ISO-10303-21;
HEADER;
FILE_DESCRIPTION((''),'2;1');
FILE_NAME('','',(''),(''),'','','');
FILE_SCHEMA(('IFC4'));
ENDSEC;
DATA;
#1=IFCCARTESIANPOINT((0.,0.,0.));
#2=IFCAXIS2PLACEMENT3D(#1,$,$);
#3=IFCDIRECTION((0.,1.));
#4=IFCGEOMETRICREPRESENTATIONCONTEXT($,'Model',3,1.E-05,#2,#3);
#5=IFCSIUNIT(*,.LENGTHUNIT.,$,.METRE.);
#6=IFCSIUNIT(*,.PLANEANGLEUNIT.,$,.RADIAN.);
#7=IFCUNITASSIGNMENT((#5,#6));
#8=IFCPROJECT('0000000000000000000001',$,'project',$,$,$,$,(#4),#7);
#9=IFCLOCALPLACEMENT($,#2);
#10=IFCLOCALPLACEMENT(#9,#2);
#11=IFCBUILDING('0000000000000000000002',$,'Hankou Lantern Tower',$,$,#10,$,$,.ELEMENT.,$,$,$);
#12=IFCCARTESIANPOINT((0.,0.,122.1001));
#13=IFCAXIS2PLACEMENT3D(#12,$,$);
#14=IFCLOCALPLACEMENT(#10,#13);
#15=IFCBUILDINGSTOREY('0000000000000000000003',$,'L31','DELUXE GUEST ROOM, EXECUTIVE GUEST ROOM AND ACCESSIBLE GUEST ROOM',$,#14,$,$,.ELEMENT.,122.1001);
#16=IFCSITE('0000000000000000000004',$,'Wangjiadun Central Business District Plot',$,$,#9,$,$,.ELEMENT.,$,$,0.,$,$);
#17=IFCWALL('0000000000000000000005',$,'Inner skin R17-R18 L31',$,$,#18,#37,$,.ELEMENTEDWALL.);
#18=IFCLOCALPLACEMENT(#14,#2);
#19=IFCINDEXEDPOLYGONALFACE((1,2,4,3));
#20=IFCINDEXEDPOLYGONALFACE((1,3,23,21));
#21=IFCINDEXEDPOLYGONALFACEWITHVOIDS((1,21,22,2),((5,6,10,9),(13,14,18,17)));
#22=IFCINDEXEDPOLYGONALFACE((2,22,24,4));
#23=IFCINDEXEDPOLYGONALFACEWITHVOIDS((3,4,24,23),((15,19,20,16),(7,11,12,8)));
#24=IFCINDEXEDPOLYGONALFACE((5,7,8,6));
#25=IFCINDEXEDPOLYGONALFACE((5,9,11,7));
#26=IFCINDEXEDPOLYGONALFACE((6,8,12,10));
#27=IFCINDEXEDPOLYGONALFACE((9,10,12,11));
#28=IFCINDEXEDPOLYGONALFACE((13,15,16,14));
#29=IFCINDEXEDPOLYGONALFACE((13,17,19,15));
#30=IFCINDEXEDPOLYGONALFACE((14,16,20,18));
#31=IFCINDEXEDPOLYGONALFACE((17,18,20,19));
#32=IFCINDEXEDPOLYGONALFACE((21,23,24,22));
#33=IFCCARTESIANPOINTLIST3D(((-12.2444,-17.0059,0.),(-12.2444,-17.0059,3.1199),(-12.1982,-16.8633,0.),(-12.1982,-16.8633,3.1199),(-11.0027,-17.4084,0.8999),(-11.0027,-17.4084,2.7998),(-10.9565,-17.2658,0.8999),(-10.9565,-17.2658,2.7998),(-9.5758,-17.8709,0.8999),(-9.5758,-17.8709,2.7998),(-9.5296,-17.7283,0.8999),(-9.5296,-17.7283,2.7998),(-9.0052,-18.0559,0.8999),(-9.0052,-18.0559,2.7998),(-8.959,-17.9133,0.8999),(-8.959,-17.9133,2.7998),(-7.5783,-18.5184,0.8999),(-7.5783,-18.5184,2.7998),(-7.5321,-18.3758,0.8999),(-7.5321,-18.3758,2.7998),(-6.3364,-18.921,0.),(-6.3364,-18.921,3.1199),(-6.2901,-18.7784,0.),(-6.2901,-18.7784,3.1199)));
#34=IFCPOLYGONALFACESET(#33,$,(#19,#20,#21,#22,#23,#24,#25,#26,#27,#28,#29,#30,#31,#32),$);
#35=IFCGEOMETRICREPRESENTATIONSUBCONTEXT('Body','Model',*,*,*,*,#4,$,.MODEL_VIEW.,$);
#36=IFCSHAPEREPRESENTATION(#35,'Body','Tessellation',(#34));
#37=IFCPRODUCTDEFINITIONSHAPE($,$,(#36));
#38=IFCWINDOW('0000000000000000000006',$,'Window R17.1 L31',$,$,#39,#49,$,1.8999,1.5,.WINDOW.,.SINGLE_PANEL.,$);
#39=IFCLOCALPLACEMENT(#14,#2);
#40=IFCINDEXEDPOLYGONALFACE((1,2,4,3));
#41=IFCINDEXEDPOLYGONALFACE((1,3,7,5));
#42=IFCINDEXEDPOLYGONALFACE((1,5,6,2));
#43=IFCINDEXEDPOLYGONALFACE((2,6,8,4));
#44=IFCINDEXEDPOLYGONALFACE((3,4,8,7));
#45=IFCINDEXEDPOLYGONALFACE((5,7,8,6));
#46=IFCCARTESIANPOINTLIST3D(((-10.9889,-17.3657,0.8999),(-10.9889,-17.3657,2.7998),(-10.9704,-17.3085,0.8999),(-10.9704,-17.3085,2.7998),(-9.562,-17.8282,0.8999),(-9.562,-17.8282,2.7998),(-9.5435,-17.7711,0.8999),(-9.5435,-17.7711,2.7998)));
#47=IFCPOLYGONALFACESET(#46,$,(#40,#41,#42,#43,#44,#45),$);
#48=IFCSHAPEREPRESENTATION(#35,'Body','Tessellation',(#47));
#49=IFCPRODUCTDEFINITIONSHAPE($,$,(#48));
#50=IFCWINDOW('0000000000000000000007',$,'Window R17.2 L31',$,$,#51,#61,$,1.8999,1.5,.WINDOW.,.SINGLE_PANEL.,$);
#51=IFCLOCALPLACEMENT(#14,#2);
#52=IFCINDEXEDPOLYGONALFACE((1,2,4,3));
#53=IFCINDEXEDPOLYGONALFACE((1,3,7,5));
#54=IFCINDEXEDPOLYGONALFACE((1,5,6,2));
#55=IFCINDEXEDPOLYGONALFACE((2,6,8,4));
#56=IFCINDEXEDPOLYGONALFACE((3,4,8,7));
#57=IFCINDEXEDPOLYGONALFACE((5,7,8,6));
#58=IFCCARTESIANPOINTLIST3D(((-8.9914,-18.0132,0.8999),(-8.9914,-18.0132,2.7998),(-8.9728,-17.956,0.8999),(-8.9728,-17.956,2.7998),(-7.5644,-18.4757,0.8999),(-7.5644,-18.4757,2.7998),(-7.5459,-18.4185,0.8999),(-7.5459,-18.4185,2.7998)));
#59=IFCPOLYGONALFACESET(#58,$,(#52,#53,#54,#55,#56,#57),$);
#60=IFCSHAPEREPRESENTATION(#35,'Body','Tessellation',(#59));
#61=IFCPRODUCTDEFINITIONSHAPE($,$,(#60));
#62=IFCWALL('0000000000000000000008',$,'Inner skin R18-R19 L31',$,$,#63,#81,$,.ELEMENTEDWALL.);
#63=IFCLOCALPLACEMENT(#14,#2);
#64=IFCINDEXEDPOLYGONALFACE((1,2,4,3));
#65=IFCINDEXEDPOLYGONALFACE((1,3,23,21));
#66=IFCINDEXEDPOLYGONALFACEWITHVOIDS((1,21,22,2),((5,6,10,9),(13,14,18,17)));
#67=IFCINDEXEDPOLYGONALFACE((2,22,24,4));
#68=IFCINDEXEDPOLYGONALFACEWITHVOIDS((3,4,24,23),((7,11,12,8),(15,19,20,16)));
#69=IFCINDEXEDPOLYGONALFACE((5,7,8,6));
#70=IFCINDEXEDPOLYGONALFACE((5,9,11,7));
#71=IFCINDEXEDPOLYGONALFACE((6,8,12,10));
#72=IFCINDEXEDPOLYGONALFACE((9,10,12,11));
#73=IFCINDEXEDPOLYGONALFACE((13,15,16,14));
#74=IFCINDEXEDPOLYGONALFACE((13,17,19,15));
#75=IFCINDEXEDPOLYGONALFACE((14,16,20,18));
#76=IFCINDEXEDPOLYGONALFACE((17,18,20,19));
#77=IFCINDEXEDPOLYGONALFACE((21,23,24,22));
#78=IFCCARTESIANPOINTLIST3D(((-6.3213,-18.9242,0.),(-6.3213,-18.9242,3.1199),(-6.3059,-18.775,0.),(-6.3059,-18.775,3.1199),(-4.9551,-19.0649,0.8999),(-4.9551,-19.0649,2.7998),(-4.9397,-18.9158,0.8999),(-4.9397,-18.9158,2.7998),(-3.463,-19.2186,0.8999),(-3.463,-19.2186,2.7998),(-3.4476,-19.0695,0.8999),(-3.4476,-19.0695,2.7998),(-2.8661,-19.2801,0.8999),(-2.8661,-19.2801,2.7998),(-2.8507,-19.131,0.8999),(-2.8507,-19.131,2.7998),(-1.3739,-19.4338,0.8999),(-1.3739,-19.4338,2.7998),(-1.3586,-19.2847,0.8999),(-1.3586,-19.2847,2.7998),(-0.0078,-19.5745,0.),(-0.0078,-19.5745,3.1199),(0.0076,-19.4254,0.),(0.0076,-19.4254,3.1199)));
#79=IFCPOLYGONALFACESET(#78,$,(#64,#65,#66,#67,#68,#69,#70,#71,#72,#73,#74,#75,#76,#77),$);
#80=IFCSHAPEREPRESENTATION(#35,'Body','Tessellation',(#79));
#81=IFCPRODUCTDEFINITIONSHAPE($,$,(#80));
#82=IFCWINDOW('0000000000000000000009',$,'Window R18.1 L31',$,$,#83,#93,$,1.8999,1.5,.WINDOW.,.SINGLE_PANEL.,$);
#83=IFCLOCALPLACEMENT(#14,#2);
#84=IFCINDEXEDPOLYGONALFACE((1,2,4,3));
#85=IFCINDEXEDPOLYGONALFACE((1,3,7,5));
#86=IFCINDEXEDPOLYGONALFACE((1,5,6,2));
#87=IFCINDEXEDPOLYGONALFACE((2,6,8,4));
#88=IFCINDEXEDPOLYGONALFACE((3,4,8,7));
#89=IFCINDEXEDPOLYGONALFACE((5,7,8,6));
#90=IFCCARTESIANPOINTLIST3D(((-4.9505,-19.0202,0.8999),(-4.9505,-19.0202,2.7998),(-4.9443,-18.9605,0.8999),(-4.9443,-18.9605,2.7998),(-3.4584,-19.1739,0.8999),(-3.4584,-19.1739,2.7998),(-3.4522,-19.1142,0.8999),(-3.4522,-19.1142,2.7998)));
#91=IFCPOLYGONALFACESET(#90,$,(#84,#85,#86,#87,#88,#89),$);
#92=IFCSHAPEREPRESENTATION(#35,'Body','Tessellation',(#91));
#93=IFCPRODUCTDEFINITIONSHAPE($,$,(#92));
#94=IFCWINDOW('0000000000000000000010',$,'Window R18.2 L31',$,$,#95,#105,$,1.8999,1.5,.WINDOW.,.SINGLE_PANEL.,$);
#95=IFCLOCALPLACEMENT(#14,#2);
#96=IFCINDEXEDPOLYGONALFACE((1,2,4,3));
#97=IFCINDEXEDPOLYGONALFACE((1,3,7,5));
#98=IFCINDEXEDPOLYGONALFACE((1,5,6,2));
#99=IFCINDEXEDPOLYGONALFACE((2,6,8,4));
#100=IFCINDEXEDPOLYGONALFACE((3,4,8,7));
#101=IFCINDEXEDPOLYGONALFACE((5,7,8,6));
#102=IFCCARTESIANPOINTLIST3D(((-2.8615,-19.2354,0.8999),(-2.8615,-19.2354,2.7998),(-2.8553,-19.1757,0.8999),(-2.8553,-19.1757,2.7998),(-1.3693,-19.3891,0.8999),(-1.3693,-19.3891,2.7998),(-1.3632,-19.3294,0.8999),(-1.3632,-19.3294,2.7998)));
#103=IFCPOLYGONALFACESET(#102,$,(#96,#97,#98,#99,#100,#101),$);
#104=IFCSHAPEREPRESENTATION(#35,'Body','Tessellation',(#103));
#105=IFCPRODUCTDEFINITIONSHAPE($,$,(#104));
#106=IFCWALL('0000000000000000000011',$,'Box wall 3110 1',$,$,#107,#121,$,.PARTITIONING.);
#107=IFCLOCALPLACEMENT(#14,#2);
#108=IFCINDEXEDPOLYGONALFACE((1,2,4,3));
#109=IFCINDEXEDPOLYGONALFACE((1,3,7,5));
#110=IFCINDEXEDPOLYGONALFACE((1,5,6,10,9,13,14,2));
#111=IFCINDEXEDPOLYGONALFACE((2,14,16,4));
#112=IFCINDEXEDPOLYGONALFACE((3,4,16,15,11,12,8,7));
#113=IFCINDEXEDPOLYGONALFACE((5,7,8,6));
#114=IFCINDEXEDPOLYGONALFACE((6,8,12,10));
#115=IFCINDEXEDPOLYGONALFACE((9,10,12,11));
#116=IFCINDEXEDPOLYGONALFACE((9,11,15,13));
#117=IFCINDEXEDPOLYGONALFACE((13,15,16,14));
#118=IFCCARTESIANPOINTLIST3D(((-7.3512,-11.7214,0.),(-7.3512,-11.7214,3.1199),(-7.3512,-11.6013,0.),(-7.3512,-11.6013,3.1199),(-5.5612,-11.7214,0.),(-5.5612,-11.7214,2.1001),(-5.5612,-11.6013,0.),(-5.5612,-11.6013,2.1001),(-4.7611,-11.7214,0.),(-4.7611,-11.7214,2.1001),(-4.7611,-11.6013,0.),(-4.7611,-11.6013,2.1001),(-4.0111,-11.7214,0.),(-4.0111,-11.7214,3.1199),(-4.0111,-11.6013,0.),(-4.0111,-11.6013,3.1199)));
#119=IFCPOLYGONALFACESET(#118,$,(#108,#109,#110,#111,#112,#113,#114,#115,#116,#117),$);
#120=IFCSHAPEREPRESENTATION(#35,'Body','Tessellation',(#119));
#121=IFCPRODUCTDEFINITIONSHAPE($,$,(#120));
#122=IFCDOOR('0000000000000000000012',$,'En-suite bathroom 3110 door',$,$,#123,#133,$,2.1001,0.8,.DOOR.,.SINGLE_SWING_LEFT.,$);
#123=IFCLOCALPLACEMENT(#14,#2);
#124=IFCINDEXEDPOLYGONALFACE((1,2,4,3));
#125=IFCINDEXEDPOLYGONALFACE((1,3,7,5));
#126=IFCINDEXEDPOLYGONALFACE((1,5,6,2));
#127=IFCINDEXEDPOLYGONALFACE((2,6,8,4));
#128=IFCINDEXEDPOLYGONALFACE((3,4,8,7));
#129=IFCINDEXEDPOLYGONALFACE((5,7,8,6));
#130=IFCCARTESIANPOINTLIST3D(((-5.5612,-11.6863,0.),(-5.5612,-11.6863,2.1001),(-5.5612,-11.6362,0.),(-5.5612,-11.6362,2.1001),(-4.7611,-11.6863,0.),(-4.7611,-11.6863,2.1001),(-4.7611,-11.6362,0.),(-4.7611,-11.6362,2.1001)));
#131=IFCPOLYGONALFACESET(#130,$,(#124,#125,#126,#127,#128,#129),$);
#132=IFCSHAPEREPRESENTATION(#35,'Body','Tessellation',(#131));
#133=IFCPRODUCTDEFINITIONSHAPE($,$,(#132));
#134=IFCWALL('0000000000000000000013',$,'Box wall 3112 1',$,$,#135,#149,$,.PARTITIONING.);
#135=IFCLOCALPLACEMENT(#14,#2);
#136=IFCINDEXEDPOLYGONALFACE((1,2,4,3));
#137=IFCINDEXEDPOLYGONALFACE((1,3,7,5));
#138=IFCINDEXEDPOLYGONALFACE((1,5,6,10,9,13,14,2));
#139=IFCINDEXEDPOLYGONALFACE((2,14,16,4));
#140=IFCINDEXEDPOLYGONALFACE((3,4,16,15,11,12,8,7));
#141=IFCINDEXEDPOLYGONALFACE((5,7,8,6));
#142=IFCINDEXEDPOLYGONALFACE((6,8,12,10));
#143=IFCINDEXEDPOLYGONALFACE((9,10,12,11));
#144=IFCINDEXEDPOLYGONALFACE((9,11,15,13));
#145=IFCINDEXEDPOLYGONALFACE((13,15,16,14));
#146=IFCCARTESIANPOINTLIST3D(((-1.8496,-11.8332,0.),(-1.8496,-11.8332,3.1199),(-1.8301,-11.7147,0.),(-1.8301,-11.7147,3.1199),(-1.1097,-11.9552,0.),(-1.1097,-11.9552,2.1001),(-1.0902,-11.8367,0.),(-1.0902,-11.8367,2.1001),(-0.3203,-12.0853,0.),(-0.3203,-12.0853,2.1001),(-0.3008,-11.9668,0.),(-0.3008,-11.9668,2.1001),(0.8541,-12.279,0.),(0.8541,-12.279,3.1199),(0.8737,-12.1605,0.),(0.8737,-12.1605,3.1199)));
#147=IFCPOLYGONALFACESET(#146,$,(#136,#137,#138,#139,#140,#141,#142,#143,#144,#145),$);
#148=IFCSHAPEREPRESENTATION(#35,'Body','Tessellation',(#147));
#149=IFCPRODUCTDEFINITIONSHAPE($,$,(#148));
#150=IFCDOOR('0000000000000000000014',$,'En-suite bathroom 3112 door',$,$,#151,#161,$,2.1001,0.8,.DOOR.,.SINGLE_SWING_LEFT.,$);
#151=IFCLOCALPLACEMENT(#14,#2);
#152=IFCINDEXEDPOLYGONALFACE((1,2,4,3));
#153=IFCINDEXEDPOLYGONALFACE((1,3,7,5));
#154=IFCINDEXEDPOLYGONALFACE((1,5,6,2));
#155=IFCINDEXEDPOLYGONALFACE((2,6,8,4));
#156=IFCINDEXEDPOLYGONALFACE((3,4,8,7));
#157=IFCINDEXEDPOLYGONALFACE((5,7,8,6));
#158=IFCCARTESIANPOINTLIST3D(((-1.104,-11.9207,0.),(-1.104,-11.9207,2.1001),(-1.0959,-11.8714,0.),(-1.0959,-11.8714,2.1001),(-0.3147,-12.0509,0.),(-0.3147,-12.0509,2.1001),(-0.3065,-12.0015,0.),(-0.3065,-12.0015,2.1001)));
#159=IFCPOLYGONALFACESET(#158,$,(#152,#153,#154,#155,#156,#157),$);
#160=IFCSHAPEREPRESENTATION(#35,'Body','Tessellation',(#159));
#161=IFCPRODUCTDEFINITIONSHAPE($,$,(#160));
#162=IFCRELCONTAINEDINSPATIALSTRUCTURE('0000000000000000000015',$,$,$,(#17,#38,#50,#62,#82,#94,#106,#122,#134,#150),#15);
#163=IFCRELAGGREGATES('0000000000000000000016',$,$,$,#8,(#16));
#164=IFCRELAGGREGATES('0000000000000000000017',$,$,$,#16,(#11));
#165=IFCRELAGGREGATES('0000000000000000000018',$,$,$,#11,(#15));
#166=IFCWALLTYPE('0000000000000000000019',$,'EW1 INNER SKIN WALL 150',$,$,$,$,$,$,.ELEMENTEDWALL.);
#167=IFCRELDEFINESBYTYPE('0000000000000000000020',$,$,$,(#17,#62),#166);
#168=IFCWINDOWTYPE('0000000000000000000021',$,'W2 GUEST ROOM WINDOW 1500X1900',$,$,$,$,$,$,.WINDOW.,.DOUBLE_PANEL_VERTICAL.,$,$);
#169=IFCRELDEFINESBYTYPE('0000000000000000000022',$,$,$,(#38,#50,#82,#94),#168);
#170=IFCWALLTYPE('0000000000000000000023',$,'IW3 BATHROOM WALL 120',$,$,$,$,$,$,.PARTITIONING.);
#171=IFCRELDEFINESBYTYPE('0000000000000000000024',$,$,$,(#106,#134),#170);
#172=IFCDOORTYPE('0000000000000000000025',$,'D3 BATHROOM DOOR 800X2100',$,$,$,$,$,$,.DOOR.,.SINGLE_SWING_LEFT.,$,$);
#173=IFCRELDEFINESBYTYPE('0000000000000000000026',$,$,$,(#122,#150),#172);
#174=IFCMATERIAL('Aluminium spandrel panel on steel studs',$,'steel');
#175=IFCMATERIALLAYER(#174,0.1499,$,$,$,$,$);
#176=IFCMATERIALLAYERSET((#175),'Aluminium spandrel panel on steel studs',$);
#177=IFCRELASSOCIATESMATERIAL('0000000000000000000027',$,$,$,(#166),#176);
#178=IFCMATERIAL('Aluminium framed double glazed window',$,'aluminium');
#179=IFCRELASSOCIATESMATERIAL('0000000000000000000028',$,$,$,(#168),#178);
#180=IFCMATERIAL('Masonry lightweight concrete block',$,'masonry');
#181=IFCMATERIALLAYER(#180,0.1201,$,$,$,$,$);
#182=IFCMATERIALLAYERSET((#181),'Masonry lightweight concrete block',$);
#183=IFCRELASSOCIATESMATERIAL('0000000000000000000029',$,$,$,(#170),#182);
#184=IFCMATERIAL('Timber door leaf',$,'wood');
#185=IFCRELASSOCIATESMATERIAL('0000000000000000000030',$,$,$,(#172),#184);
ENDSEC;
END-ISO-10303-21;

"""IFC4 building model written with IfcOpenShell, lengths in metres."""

from ifc_helpers import new_model, si_unit, direction, frame, frame_2d, origin, place, context, subcontext, project, spatial, rectangle, extrude, material, layer, layer_set, type_object, element, fill, save


model = new_model("IFC4")

# Units and contexts
model_context = context("Model", 3, precision=1e-05, world=origin(), true_north=direction((0.0, 1.0)))
body_context = subcontext(model_context, "Body", "Model", "MODEL_VIEW")
ifc_project = project(units=[si_unit("LENGTHUNIT", "METRE"), si_unit("PLANEANGLEUNIT", "RADIAN")], contexts=[model_context])

# Site, building, storey
site_placement = place(None, origin())
site = spatial("IfcSite", under=ifc_project, at=site_placement, Name="Wangjiadun Central Business District Plot", CompositionType="ELEMENT", RefElevation=0.0)
building_placement = place(site_placement, origin())
building = spatial("IfcBuilding", under=site, at=building_placement, Name="Hankou Lantern Tower", CompositionType="ELEMENT")
storey_placement = place(building_placement, frame((0.0, 0.0, 122.1001)))
storey = spatial("IfcBuildingStorey", under=building, at=storey_placement, Name="L31", Description="DELUXE GUEST ROOM, EXECUTIVE GUEST ROOM AND ACCESSIBLE GUEST ROOM", CompositionType="ELEMENT", Elevation=122.1001)

# Walls, openings, windows
ifc_material_1 = material(Name="Aluminium spandrel panel on steel studs", Category="steel")
ifc_layer_1 = layer(ifc_material_1, 0.1499)
ifc_layer_set_1 = layer_set([ifc_layer_1], Name="Aluminium spandrel panel on steel studs")
wall_type_1 = type_object("IfcWallType", Name="EW1 INNER SKIN WALL 150", PredefinedType="ELEMENTEDWALL", material=ifc_layer_set_1)
wall_1_placement = place(storey_placement, frame((-12.2214, -16.9346, 0.0), z_axis=(0.0, 0.0, 1.0), x_axis=(0.951273, -0.308351, 0.0)))
wall_1 = element("IfcWall", 1, at=wall_1_placement, inside=storey, type_object=wall_type_1, Name="Inner skin R17-R18 L31", PredefinedType="ELEMENTEDWALL", context=body_context, shape_type="SweptSolid", body=[
    extrude(rectangle(XDim=6.2107, YDim=0.1499, at=frame_2d((3.1055, 0.0))), origin(), (0.0, 0.0, 1.0), 3.1199),
])
opening_1_placement = place(wall_1_placement, frame((1.3054, 0.0, 0.8999)))
opening_1 = element("IfcOpeningElement", 2, at=opening_1_placement, cuts=wall_1, PredefinedType="OPENING", context=body_context, shape_type="SweptSolid", body=[
    extrude(rectangle(XDim=1.5, YDim=1.8999, at=frame_2d((0.75, 0.95))), frame((0.0, 0.085, 0.0), z_axis=(0.0, -1.0, 0.0), x_axis=(1.0, 0.0, 0.0)), (0.0, 0.0, 1.0), 0.1699),
])
opening_2_placement = place(wall_1_placement, frame((3.4053, 0.0, 0.8999)))
opening_2 = element("IfcOpeningElement", 3, at=opening_2_placement, cuts=wall_1, PredefinedType="OPENING", context=body_context, shape_type="SweptSolid", body=[
    extrude(rectangle(XDim=1.5, YDim=1.8999, at=frame_2d((0.75, 0.95))), frame((0.0, 0.085, 0.0), z_axis=(0.0, -1.0, 0.0), x_axis=(1.0, 0.0, 0.0)), (0.0, 0.0, 1.0), 0.1699),
])
ifc_material_2 = material(Name="Aluminium framed double glazed window", Category="aluminium")
window_type = type_object("IfcWindowType", Name="W2 GUEST ROOM WINDOW 1500X1900", PartitioningType="DOUBLE_PANEL_VERTICAL", PredefinedType="WINDOW", material=ifc_material_2)
window_1_placement = place(opening_1_placement, origin())
window_1 = element("IfcWindow", 4, at=window_1_placement, inside=storey, type_object=window_type, Name="Window R17.1 L31", OverallHeight=1.8999, OverallWidth=1.5, PartitioningType="SINGLE_PANEL", PredefinedType="WINDOW", context=body_context, shape_type="SweptSolid", body=[
    extrude(rectangle(XDim=1.5, YDim=1.8999, at=frame_2d((0.75, 0.95))), frame((0.0, 0.03, 0.0), z_axis=(0.0, -1.0, 0.0), x_axis=(1.0, 0.0, 0.0)), (0.0, 0.0, 1.0), 0.0601),
])
fill(opening_1, window_1)
window_2_placement = place(opening_2_placement, origin())
window_2 = element("IfcWindow", 5, at=window_2_placement, inside=storey, type_object=window_type, Name="Window R17.2 L31", OverallHeight=1.8999, OverallWidth=1.5, PartitioningType="SINGLE_PANEL", PredefinedType="WINDOW", context=body_context, shape_type="SweptSolid", body=[
    extrude(rectangle(XDim=1.5, YDim=1.8999, at=frame_2d((0.75, 0.95))), frame((0.0, 0.03, 0.0), z_axis=(0.0, -1.0, 0.0), x_axis=(1.0, 0.0, 0.0)), (0.0, 0.0, 1.0), 0.0601),
])
fill(opening_2, window_2)
wall_2_placement = place(storey_placement, frame((-6.3135, -18.8496, 0.0), z_axis=(0.0, 0.0, 1.0), x_axis=(0.994736, -0.102474, 0.0)))
wall_2 = element("IfcWall", 6, at=wall_2_placement, inside=storey, type_object=wall_type_1, Name="Inner skin R18-R19 L31", PredefinedType="ELEMENTEDWALL", context=body_context, shape_type="SweptSolid", body=[
    extrude(rectangle(XDim=6.3469, YDim=0.1499, at=frame_2d((3.1733, 0.0))), origin(), (0.0, 0.0, 1.0), 3.1199),
])
opening_3_placement = place(wall_2_placement, frame((1.3733, 0.0, 0.8999)))
opening_3 = element("IfcOpeningElement", 7, at=opening_3_placement, cuts=wall_2, PredefinedType="OPENING", context=body_context, shape_type="SweptSolid", body=[
    extrude(rectangle(XDim=1.5, YDim=1.8999, at=frame_2d((0.75, 0.95))), frame((0.0, 0.085, 0.0), z_axis=(0.0, -1.0, 0.0), x_axis=(1.0, 0.0, 0.0)), (0.0, 0.0, 1.0), 0.1699),
])
opening_4_placement = place(wall_2_placement, frame((3.4734, 0.0, 0.8999)))
opening_4 = element("IfcOpeningElement", 8, at=opening_4_placement, cuts=wall_2, PredefinedType="OPENING", context=body_context, shape_type="SweptSolid", body=[
    extrude(rectangle(XDim=1.5, YDim=1.8999, at=frame_2d((0.75, 0.95))), frame((0.0, 0.085, 0.0), z_axis=(0.0, -1.0, 0.0), x_axis=(1.0, 0.0, 0.0)), (0.0, 0.0, 1.0), 0.1699),
])
window_3_placement = place(opening_3_placement, origin())
window_3 = element("IfcWindow", 9, at=window_3_placement, inside=storey, type_object=window_type, Name="Window R18.1 L31", OverallHeight=1.8999, OverallWidth=1.5, PartitioningType="SINGLE_PANEL", PredefinedType="WINDOW", context=body_context, shape_type="SweptSolid", body=[
    extrude(rectangle(XDim=1.5, YDim=1.8999, at=frame_2d((0.75, 0.95))), frame((0.0, 0.03, 0.0), z_axis=(0.0, -1.0, 0.0), x_axis=(1.0, 0.0, 0.0)), (0.0, 0.0, 1.0), 0.0601),
])
fill(opening_3, window_3)
window_4_placement = place(opening_4_placement, origin())
window_4 = element("IfcWindow", 10, at=window_4_placement, inside=storey, type_object=window_type, Name="Window R18.2 L31", OverallHeight=1.8999, OverallWidth=1.5, PartitioningType="SINGLE_PANEL", PredefinedType="WINDOW", context=body_context, shape_type="SweptSolid", body=[
    extrude(rectangle(XDim=1.5, YDim=1.8999, at=frame_2d((0.75, 0.95))), frame((0.0, 0.03, 0.0), z_axis=(0.0, -1.0, 0.0), x_axis=(1.0, 0.0, 0.0)), (0.0, 0.0, 1.0), 0.0601),
])
fill(opening_4, window_4)

# Walls, openings, doors
ifc_material_3 = material(Name="Masonry lightweight concrete block", Category="masonry")
ifc_layer_2 = layer(ifc_material_3, 0.1201)
ifc_layer_set_2 = layer_set([ifc_layer_2], Name="Masonry lightweight concrete block")
wall_type_2 = type_object("IfcWallType", Name="IW3 BATHROOM WALL 120", PredefinedType="PARTITIONING", material=ifc_layer_set_2)
wall_3_placement = place(storey_placement, frame((-4.0112, -11.6614, 0.0), z_axis=(0.0, 0.0, 1.0), x_axis=(-1.0, 0.0, 0.0)))
wall_3 = element("IfcWall", 11, at=wall_3_placement, inside=storey, type_object=wall_type_2, Name="Box wall 3110 1", PredefinedType="PARTITIONING", context=body_context, shape_type="SweptSolid", body=[
    extrude(rectangle(XDim=3.3401, YDim=0.1201, at=frame_2d((1.6699, 0.0))), origin(), (0.0, 0.0, 1.0), 3.1199),
])
opening_5_placement = place(wall_3_placement, frame((0.75, 0.0, 0.0)))
opening_5 = element("IfcOpeningElement", 12, at=opening_5_placement, cuts=wall_3, PredefinedType="OPENING", context=body_context, shape_type="SweptSolid", body=[
    extrude(rectangle(XDim=0.8, YDim=2.1001, at=frame_2d((0.3999, 1.05))), frame((0.0, 0.0701, 0.0), z_axis=(0.0, -1.0, 0.0), x_axis=(1.0, 0.0, 0.0)), (0.0, 0.0, 1.0), 0.1401),
])
ifc_material_4 = material(Name="Timber door leaf", Category="wood")
door_type = type_object("IfcDoorType", Name="D3 BATHROOM DOOR 800X2100", OperationType="SINGLE_SWING_LEFT", PredefinedType="DOOR", material=ifc_material_4)
door_1_placement = place(opening_5_placement, origin())
door_1 = element("IfcDoor", 13, at=door_1_placement, inside=storey, type_object=door_type, Name="En-suite bathroom 3110 door", OperationType="SINGLE_SWING_LEFT", OverallHeight=2.1001, OverallWidth=0.8, PredefinedType="DOOR", context=body_context, shape_type="SweptSolid", body=[
    extrude(rectangle(XDim=0.8, YDim=2.1001, at=frame_2d((0.3999, 1.05))), frame((0.0, 0.0249, 0.0), z_axis=(0.0, -1.0, 0.0), x_axis=(1.0, 0.0, 0.0)), (0.0, 0.0, 1.0), 0.05),
])
fill(opening_5, door_1)
wall_4_placement = place(storey_placement, frame((-1.8398, -11.7739, 0.0), z_axis=(0.0, 0.0, 1.0), x_axis=(0.986677, -0.162694, 0.0)))
wall_4 = element("IfcWall", 14, at=wall_4_placement, inside=storey, type_object=wall_type_2, Name="Box wall 3112 1", PredefinedType="PARTITIONING", context=body_context, shape_type="SweptSolid", body=[
    extrude(rectangle(XDim=2.7402, YDim=0.1201, at=frame_2d((1.3701, 0.0))), origin(), (0.0, 0.0, 1.0), 3.1199),
])
opening_6_placement = place(wall_4_placement, frame((0.75, 0.0, 0.0)))
opening_6 = element("IfcOpeningElement", 15, at=opening_6_placement, cuts=wall_4, PredefinedType="OPENING", context=body_context, shape_type="SweptSolid", body=[
    extrude(rectangle(XDim=0.8, YDim=2.1001, at=frame_2d((0.3999, 1.05))), frame((0.0, 0.0701, 0.0), z_axis=(0.0, -1.0, 0.0), x_axis=(1.0, 0.0, 0.0)), (0.0, 0.0, 1.0), 0.1401),
])
door_2_placement = place(opening_6_placement, origin())
door_2 = element("IfcDoor", 16, at=door_2_placement, inside=storey, type_object=door_type, Name="En-suite bathroom 3112 door", OperationType="SINGLE_SWING_LEFT", OverallHeight=2.1001, OverallWidth=0.8, PredefinedType="DOOR", context=body_context, shape_type="SweptSolid", body=[
    extrude(rectangle(XDim=0.8, YDim=2.1001, at=frame_2d((0.3999, 1.05))), frame((0.0, 0.0249, 0.0), z_axis=(0.0, -1.0, 0.0), x_axis=(1.0, 0.0, 0.0)), (0.0, 0.0, 1.0), 0.05),
])
fill(opening_6, door_2)

save(model, "model.ifc")
